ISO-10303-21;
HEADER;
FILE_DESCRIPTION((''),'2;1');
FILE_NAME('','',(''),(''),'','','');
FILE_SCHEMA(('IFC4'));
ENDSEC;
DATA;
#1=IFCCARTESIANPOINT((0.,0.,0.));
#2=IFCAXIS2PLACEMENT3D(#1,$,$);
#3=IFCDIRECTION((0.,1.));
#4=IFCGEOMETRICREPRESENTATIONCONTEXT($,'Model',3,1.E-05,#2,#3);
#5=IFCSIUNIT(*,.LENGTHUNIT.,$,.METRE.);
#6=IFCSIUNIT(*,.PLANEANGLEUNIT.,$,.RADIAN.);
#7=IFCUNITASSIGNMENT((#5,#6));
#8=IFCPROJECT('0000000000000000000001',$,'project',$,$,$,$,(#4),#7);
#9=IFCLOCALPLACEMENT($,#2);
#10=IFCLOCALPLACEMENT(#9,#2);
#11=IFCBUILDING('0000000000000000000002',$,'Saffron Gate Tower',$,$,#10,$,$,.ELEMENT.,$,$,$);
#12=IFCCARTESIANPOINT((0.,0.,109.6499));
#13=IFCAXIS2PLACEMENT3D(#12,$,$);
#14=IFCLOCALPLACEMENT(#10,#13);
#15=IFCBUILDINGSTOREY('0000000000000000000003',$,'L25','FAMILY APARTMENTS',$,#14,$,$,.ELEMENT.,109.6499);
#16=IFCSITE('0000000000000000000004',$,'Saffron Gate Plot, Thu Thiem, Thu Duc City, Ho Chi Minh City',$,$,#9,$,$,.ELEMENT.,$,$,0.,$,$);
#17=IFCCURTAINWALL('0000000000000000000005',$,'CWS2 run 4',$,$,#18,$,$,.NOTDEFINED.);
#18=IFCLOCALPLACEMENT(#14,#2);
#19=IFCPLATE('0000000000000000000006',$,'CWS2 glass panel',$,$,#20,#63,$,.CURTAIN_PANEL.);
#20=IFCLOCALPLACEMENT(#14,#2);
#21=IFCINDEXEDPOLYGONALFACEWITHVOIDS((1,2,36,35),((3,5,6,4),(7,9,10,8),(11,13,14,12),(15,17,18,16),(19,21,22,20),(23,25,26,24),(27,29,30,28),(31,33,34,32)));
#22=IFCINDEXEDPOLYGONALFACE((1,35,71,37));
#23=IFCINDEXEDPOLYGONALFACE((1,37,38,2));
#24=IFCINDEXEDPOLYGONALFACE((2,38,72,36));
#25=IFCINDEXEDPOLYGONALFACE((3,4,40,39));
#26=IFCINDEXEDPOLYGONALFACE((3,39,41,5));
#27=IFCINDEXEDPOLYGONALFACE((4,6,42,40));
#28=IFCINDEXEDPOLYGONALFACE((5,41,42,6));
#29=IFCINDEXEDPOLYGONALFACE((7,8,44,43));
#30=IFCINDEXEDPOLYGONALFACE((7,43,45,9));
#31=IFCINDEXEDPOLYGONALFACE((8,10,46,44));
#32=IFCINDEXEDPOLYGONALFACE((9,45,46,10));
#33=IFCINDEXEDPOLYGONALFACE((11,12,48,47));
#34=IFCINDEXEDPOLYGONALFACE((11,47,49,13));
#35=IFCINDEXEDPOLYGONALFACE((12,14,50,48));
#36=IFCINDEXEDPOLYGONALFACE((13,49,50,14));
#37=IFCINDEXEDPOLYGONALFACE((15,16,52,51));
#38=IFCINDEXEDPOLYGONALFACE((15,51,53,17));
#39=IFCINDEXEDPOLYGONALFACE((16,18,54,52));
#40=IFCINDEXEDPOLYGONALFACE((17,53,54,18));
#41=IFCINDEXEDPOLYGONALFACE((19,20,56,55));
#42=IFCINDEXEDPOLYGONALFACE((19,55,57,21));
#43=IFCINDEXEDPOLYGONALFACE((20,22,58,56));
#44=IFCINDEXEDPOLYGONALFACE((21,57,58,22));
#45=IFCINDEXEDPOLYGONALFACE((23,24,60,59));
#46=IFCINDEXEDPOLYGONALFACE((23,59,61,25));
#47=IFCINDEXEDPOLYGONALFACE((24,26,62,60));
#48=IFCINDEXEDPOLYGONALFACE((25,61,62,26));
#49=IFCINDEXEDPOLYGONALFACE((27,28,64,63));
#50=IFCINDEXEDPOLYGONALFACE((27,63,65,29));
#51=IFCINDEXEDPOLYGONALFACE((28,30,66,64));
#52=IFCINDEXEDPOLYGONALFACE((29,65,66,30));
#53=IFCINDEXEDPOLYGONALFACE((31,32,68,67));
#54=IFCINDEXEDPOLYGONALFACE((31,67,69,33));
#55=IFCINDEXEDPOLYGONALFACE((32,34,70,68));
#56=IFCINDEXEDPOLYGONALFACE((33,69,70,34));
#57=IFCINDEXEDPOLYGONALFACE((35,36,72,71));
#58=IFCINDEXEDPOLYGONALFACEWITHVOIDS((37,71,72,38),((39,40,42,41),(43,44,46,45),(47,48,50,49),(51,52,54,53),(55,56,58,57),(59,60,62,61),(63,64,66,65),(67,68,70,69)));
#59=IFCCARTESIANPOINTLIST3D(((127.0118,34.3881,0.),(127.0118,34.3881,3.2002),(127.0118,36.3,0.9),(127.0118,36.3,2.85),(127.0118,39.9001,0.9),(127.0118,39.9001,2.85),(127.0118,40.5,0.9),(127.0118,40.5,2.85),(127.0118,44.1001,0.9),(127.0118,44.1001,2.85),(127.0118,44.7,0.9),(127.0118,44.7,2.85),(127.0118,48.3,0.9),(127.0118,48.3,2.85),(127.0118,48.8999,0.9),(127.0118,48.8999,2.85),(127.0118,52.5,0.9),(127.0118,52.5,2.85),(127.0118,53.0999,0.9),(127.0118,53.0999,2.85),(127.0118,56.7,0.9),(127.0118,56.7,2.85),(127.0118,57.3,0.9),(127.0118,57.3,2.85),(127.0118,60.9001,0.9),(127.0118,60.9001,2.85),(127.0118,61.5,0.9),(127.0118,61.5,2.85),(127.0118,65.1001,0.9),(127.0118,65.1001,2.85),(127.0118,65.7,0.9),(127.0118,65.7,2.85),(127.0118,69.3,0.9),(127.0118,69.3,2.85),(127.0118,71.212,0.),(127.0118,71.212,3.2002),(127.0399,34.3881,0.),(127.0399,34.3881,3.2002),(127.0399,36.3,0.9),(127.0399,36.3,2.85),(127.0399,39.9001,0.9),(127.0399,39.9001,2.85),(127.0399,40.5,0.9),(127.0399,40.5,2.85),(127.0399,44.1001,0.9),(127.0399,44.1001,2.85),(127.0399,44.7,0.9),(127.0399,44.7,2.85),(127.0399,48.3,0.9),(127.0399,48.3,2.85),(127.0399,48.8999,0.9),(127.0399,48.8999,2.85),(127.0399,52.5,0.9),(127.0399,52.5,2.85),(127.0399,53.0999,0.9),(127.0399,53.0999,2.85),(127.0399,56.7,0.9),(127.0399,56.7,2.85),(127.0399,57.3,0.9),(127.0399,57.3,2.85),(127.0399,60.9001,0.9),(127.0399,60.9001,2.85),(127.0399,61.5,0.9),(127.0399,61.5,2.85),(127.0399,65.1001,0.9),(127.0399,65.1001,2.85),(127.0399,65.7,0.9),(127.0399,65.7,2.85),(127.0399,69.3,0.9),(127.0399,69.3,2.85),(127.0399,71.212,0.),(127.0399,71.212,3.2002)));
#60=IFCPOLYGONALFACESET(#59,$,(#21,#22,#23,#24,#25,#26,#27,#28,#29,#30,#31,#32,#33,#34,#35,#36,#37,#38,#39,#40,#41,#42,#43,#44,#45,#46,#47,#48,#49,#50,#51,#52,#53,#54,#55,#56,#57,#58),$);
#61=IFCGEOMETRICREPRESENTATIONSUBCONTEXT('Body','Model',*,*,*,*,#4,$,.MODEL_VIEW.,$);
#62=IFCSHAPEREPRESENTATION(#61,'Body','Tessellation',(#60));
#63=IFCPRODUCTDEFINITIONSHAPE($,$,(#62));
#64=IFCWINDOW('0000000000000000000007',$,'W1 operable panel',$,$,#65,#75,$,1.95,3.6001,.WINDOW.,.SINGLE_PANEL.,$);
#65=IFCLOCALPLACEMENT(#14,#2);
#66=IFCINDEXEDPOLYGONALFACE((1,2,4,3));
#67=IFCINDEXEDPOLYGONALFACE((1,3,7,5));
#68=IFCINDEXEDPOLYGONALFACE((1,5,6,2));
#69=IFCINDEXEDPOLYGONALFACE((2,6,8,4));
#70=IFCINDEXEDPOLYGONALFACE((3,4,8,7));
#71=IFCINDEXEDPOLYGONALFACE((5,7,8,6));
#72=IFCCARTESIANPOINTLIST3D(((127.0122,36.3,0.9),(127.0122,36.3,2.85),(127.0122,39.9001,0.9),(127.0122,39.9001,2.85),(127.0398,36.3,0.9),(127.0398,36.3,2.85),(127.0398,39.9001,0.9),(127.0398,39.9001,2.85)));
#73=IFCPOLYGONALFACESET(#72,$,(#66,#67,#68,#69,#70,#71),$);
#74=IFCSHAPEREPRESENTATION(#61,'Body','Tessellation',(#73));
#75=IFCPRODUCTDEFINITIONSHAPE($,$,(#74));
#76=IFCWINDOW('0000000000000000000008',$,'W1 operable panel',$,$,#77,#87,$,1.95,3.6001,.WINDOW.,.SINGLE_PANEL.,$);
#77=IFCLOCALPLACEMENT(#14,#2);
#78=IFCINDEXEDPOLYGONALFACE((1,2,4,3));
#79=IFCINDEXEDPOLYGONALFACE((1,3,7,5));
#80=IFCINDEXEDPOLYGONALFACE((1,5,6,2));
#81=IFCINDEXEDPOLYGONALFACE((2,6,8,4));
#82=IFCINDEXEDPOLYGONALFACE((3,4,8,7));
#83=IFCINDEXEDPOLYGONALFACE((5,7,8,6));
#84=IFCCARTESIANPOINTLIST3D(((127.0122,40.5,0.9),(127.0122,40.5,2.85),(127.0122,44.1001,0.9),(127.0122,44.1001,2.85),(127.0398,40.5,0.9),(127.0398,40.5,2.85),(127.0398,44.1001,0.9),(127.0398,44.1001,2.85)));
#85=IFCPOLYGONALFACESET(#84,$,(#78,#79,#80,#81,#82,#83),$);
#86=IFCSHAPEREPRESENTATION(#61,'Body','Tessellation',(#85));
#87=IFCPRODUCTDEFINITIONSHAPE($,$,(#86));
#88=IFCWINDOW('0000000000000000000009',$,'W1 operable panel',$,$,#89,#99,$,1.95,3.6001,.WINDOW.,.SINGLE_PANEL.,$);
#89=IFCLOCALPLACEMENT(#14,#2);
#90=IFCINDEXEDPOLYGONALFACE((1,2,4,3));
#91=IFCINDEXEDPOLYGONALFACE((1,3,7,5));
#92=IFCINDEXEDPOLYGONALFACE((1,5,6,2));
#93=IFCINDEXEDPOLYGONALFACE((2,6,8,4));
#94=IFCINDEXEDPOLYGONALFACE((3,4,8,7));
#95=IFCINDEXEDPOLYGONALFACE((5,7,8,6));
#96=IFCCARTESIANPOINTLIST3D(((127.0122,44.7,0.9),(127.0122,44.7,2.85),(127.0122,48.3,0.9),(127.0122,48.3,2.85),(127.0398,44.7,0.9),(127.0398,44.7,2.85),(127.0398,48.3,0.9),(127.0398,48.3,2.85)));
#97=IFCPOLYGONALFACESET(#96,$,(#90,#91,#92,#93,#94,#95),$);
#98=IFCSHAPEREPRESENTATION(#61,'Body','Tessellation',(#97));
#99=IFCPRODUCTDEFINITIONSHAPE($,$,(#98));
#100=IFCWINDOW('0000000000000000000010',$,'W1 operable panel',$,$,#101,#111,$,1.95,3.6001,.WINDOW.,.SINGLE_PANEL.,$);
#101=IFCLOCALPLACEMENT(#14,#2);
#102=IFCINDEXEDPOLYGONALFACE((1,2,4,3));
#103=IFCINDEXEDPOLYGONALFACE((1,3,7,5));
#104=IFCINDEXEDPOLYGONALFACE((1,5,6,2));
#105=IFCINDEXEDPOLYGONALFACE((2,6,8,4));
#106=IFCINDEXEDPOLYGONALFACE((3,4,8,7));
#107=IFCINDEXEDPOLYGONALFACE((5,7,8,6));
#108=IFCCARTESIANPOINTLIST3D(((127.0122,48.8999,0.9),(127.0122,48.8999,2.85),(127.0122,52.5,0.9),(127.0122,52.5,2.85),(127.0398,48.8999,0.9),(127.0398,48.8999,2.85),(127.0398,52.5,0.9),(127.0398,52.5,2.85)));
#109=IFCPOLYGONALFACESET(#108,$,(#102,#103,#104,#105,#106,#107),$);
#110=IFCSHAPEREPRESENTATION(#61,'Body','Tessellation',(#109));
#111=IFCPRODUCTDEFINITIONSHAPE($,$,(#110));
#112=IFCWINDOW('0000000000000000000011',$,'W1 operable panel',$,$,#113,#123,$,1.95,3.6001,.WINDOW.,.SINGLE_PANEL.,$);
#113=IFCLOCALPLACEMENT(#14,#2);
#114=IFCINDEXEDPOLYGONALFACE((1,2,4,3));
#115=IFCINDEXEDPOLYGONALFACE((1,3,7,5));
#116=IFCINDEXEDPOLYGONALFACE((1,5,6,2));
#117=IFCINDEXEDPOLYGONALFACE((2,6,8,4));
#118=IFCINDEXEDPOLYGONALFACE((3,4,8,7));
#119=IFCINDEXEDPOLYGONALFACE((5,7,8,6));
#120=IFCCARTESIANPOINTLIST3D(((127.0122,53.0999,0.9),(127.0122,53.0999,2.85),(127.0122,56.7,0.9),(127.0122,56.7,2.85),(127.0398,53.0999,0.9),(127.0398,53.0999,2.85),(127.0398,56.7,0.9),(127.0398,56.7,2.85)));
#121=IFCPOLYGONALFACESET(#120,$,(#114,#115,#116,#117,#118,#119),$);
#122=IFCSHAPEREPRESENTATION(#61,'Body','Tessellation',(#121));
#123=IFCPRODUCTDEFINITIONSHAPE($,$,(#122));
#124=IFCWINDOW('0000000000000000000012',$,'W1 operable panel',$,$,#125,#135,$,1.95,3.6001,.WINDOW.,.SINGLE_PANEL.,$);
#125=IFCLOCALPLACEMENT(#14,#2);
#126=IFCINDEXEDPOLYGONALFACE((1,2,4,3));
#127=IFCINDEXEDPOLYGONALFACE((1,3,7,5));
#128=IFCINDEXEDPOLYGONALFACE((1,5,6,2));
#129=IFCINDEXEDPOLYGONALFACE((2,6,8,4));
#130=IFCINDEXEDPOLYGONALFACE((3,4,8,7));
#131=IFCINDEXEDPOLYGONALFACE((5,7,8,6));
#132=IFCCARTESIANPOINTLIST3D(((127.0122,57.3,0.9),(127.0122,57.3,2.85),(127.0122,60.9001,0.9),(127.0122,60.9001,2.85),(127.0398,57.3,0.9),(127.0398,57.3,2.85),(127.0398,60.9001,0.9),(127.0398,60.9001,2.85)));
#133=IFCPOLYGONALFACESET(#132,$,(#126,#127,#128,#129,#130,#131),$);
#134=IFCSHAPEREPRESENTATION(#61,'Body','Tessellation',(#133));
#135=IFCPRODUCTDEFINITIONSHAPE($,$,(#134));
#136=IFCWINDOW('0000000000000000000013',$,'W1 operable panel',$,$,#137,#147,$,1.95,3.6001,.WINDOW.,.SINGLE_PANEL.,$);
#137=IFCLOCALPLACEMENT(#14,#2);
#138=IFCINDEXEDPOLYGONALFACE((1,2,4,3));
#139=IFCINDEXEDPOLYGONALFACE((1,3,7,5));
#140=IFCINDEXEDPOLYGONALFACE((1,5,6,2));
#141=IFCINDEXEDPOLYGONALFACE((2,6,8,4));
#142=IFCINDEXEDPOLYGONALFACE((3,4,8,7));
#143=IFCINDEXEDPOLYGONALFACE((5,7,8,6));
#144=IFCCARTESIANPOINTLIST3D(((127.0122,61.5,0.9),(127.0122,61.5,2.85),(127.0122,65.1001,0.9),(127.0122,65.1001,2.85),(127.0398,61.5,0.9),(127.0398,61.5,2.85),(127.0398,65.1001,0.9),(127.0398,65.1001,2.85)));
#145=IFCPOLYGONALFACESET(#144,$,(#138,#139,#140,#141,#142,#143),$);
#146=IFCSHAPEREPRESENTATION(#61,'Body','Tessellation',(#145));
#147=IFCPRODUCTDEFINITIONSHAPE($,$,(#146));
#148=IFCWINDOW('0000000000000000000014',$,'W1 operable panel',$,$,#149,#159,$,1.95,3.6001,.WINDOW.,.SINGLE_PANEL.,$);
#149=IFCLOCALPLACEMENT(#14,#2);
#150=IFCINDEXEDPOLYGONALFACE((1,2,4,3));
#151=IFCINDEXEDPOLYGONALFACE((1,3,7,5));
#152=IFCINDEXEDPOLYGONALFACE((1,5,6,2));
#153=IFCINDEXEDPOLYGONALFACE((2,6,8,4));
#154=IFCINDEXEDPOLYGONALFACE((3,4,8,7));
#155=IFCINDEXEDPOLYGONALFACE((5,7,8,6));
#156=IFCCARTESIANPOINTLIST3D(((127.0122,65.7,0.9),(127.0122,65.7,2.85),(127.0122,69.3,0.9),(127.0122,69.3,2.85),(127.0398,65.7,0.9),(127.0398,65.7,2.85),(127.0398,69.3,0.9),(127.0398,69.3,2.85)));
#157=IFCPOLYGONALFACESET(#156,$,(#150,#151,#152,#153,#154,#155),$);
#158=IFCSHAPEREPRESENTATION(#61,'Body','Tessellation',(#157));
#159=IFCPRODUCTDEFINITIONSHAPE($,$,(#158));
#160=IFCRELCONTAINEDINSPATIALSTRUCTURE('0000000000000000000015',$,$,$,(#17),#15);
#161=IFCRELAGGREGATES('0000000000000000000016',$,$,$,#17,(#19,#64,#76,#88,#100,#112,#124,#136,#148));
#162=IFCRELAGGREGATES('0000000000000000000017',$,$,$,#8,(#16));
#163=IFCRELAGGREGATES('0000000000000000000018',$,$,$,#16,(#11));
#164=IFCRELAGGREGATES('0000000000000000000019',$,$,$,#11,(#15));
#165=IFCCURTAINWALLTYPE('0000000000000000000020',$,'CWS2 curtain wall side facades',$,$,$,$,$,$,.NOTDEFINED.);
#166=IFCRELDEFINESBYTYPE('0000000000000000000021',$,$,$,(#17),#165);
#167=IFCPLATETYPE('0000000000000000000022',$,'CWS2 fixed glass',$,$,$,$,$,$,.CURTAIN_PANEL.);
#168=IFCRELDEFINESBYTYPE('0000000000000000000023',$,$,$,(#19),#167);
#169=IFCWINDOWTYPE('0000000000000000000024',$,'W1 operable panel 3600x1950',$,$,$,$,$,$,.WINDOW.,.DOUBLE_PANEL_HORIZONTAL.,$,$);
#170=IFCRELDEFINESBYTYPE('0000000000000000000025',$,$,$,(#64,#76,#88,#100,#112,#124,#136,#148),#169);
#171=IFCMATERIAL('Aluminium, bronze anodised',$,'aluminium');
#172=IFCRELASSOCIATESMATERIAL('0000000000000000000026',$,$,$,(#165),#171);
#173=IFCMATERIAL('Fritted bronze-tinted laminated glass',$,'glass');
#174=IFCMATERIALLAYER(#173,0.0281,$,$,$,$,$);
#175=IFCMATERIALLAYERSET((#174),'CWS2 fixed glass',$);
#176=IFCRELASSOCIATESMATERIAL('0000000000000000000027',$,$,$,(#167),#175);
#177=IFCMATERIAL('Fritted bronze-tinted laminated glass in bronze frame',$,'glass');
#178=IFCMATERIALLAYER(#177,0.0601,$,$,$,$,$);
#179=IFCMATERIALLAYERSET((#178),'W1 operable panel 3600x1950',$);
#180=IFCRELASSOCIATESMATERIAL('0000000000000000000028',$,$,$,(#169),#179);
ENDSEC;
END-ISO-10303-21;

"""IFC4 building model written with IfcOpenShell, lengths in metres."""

from ifc_helpers import new_model, si_unit, direction, frame, frame_2d, origin, place, context, subcontext, project, spatial, rectangle, extrude, material, layer, layer_set, type_object, element, fill, aggregate, save


model = new_model("IFC4")

# Units and contexts
model_context = context("Model", 3, precision=1e-05, world=origin(), true_north=direction((0.0, 1.0)))
body_context = subcontext(model_context, "Body", "Model", "MODEL_VIEW")
ifc_project = project(units=[si_unit("LENGTHUNIT", "METRE"), si_unit("PLANEANGLEUNIT", "RADIAN")], contexts=[model_context])

# Site, building, storey
site_placement = place(None, origin())
site = spatial("IfcSite", under=ifc_project, at=site_placement, Name="Saffron Gate Plot, Thu Thiem, Thu Duc City, Ho Chi Minh City", CompositionType="ELEMENT", RefElevation=0.0)
building_placement = place(site_placement, origin())
building = spatial("IfcBuilding", under=site, at=building_placement, Name="Saffron Gate Tower", CompositionType="ELEMENT")
storey_placement = place(building_placement, frame((0.0, 0.0, 109.6499)))
storey = spatial("IfcBuildingStorey", under=building, at=storey_placement, Name="L25", Description="FAMILY APARTMENTS", CompositionType="ELEMENT", Elevation=109.6499)

# Curtain wall
ifc_material_1 = material(Name="Aluminium, bronze anodised", Category="aluminium")
curtain_wall_type_1 = type_object("IfcCurtainWallType", Name="CWS2 curtain wall side facades", PredefinedType="NOTDEFINED", material=ifc_material_1)
curtain_wall_1_placement = place(storey_placement, origin())
curtain_wall_1 = element("IfcCurtainWall", 1, at=curtain_wall_1_placement, inside=storey, type_object=curtain_wall_type_1, Name="CWS2 run 4", PredefinedType="NOTDEFINED")

# Plate, openings, windows
ifc_material_2 = material(Name="Fritted bronze-tinted laminated glass", Category="glass")
ifc_layer_1 = layer(ifc_material_2, 0.0281)
ifc_layer_set_1 = layer_set([ifc_layer_1], Name="CWS2 fixed glass")
plate_type = type_object("IfcPlateType", Name="CWS2 fixed glass", PredefinedType="CURTAIN_PANEL", material=ifc_layer_set_1)
plate_placement = place(storey_placement, frame((127.0259, 34.3879, 0.0), z_axis=(0.0, 0.0, 1.0), x_axis=(0.0, 1.0, 0.0)))
plate = element("IfcPlate", 2, at=plate_placement, type_object=plate_type, Name="CWS2 glass panel", PredefinedType="CURTAIN_PANEL", context=body_context, shape_type="SweptSolid", body=[
    extrude(rectangle(XDim=36.824, YDim=0.0281, at=frame_2d((18.4121, 0.0))), origin(), (0.0, 0.0, 1.0), 3.2002),
])
opening_1_placement = place(plate_placement, frame((1.9121, 0.0, 0.8999)))
opening_1 = element("IfcOpeningElement", 3, at=opening_1_placement, cuts=plate, PredefinedType="OPENING", context=body_context, shape_type="SweptSolid", body=[
    extrude(rectangle(XDim=3.6001, YDim=1.95, at=frame_2d((1.8, 0.9751))), frame((0.0, 0.0239, 0.0), z_axis=(0.0, -1.0, 0.0), x_axis=(1.0, 0.0, 0.0)), (0.0, 0.0, 1.0), 0.0481),
])
opening_2_placement = place(plate_placement, frame((6.1121, 0.0, 0.8999)))
opening_2 = element("IfcOpeningElement", 4, at=opening_2_placement, cuts=plate, PredefinedType="OPENING", context=body_context, shape_type="SweptSolid", body=[
    extrude(rectangle(XDim=3.6001, YDim=1.95, at=frame_2d((1.8, 0.9751))), frame((0.0, 0.0239, 0.0), z_axis=(0.0, -1.0, 0.0), x_axis=(1.0, 0.0, 0.0)), (0.0, 0.0, 1.0), 0.0481),
])
opening_3_placement = place(plate_placement, frame((10.312, 0.0, 0.8999)))
opening_3 = element("IfcOpeningElement", 5, at=opening_3_placement, cuts=plate, PredefinedType="OPENING", context=body_context, shape_type="SweptSolid", body=[
    extrude(rectangle(XDim=3.6001, YDim=1.95, at=frame_2d((1.8, 0.9751))), frame((0.0, 0.0239, 0.0), z_axis=(0.0, -1.0, 0.0), x_axis=(1.0, 0.0, 0.0)), (0.0, 0.0, 1.0), 0.0481),
])
opening_4_placement = place(plate_placement, frame((14.512, 0.0, 0.8999)))
opening_4 = element("IfcOpeningElement", 6, at=opening_4_placement, cuts=plate, PredefinedType="OPENING", context=body_context, shape_type="SweptSolid", body=[
    extrude(rectangle(XDim=3.6001, YDim=1.95, at=frame_2d((1.8, 0.9751))), frame((0.0, 0.0239, 0.0), z_axis=(0.0, -1.0, 0.0), x_axis=(1.0, 0.0, 0.0)), (0.0, 0.0, 1.0), 0.0481),
])
opening_5_placement = place(plate_placement, frame((18.7119, 0.0, 0.8999)))
opening_5 = element("IfcOpeningElement", 7, at=opening_5_placement, cuts=plate, PredefinedType="OPENING", context=body_context, shape_type="SweptSolid", body=[
    extrude(rectangle(XDim=3.6001, YDim=1.95, at=frame_2d((1.8, 0.9751))), frame((0.0, 0.0239, 0.0), z_axis=(0.0, -1.0, 0.0), x_axis=(1.0, 0.0, 0.0)), (0.0, 0.0, 1.0), 0.0481),
])
opening_6_placement = place(plate_placement, frame((22.9121, 0.0, 0.8999)))
opening_6 = element("IfcOpeningElement", 8, at=opening_6_placement, cuts=plate, PredefinedType="OPENING", context=body_context, shape_type="SweptSolid", body=[
    extrude(rectangle(XDim=3.6001, YDim=1.95, at=frame_2d((1.8, 0.9751))), frame((0.0, 0.0239, 0.0), z_axis=(0.0, -1.0, 0.0), x_axis=(1.0, 0.0, 0.0)), (0.0, 0.0, 1.0), 0.0481),
])
opening_7_placement = place(plate_placement, frame((27.1121, 0.0, 0.8999)))
opening_7 = element("IfcOpeningElement", 9, at=opening_7_placement, cuts=plate, PredefinedType="OPENING", context=body_context, shape_type="SweptSolid", body=[
    extrude(rectangle(XDim=3.6001, YDim=1.95, at=frame_2d((1.8, 0.9751))), frame((0.0, 0.0239, 0.0), z_axis=(0.0, -1.0, 0.0), x_axis=(1.0, 0.0, 0.0)), (0.0, 0.0, 1.0), 0.0481),
])
opening_8_placement = place(plate_placement, frame((31.312, 0.0, 0.8999)))
opening_8 = element("IfcOpeningElement", 10, at=opening_8_placement, cuts=plate, PredefinedType="OPENING", context=body_context, shape_type="SweptSolid", body=[
    extrude(rectangle(XDim=3.6001, YDim=1.95, at=frame_2d((1.8, 0.9751))), frame((0.0, 0.0239, 0.0), z_axis=(0.0, -1.0, 0.0), x_axis=(1.0, 0.0, 0.0)), (0.0, 0.0, 1.0), 0.0481),
])
ifc_material_3 = material(Name="Fritted bronze-tinted laminated glass in bronze frame", Category="glass")
ifc_layer_2 = layer(ifc_material_3, 0.0601)
ifc_layer_set_2 = layer_set([ifc_layer_2], Name="W1 operable panel 3600x1950")
window_type = type_object("IfcWindowType", Name="W1 operable panel 3600x1950", PartitioningType="DOUBLE_PANEL_HORIZONTAL", PredefinedType="WINDOW", material=ifc_layer_set_2)
window_1_placement = place(opening_1_placement, origin())
window_1 = element("IfcWindow", 11, at=window_1_placement, type_object=window_type, Name="W1 operable panel", OverallHeight=1.95, OverallWidth=3.6001, PartitioningType="SINGLE_PANEL", PredefinedType="WINDOW", context=body_context, shape_type="SweptSolid", body=[
    extrude(rectangle(XDim=3.6001, YDim=1.95, at=frame_2d((1.8, 0.9751))), frame((0.0, 0.0137, 0.0), z_axis=(0.0, -1.0, 0.0), x_axis=(1.0, 0.0, 0.0)), (0.0, 0.0, 1.0), 0.0276),
])
fill(opening_1, window_1)
window_2_placement = place(opening_2_placement, origin())
window_2 = element("IfcWindow", 12, at=window_2_placement, type_object=window_type, Name="W1 operable panel", OverallHeight=1.95, OverallWidth=3.6001, PartitioningType="SINGLE_PANEL", PredefinedType="WINDOW", context=body_context, shape_type="SweptSolid", body=[
    extrude(rectangle(XDim=3.6001, YDim=1.95, at=frame_2d((1.8, 0.9751))), frame((0.0, 0.0137, 0.0), z_axis=(0.0, -1.0, 0.0), x_axis=(1.0, 0.0, 0.0)), (0.0, 0.0, 1.0), 0.0276),
])
fill(opening_2, window_2)
window_3_placement = place(opening_3_placement, origin())
window_3 = element("IfcWindow", 13, at=window_3_placement, type_object=window_type, Name="W1 operable panel", OverallHeight=1.95, OverallWidth=3.6001, PartitioningType="SINGLE_PANEL", PredefinedType="WINDOW", context=body_context, shape_type="SweptSolid", body=[
    extrude(rectangle(XDim=3.6001, YDim=1.95, at=frame_2d((1.8, 0.9751))), frame((0.0, 0.0137, 0.0), z_axis=(0.0, -1.0, 0.0), x_axis=(1.0, 0.0, 0.0)), (0.0, 0.0, 1.0), 0.0276),
])
fill(opening_3, window_3)
window_4_placement = place(opening_4_placement, origin())
window_4 = element("IfcWindow", 14, at=window_4_placement, type_object=window_type, Name="W1 operable panel", OverallHeight=1.95, OverallWidth=3.6001, PartitioningType="SINGLE_PANEL", PredefinedType="WINDOW", context=body_context, shape_type="SweptSolid", body=[
    extrude(rectangle(XDim=3.6001, YDim=1.95, at=frame_2d((1.8, 0.9751))), frame((0.0, 0.0137, 0.0), z_axis=(0.0, -1.0, 0.0), x_axis=(1.0, 0.0, 0.0)), (0.0, 0.0, 1.0), 0.0276),
])
fill(opening_4, window_4)
window_5_placement = place(opening_5_placement, origin())
window_5 = element("IfcWindow", 15, at=window_5_placement, type_object=window_type, Name="W1 operable panel", OverallHeight=1.95, OverallWidth=3.6001, PartitioningType="SINGLE_PANEL", PredefinedType="WINDOW", context=body_context, shape_type="SweptSolid", body=[
    extrude(rectangle(XDim=3.6001, YDim=1.95, at=frame_2d((1.8, 0.9751))), frame((0.0, 0.0137, 0.0), z_axis=(0.0, -1.0, 0.0), x_axis=(1.0, 0.0, 0.0)), (0.0, 0.0, 1.0), 0.0276),
])
fill(opening_5, window_5)
window_6_placement = place(opening_6_placement, origin())
window_6 = element("IfcWindow", 16, at=window_6_placement, type_object=window_type, Name="W1 operable panel", OverallHeight=1.95, OverallWidth=3.6001, PartitioningType="SINGLE_PANEL", PredefinedType="WINDOW", context=body_context, shape_type="SweptSolid", body=[
    extrude(rectangle(XDim=3.6001, YDim=1.95, at=frame_2d((1.8, 0.9751))), frame((0.0, 0.0137, 0.0), z_axis=(0.0, -1.0, 0.0), x_axis=(1.0, 0.0, 0.0)), (0.0, 0.0, 1.0), 0.0276),
])
fill(opening_6, window_6)
window_7_placement = place(opening_7_placement, origin())
window_7 = element("IfcWindow", 17, at=window_7_placement, type_object=window_type, Name="W1 operable panel", OverallHeight=1.95, OverallWidth=3.6001, PartitioningType="SINGLE_PANEL", PredefinedType="WINDOW", context=body_context, shape_type="SweptSolid", body=[
    extrude(rectangle(XDim=3.6001, YDim=1.95, at=frame_2d((1.8, 0.9751))), frame((0.0, 0.0137, 0.0), z_axis=(0.0, -1.0, 0.0), x_axis=(1.0, 0.0, 0.0)), (0.0, 0.0, 1.0), 0.0276),
])
fill(opening_7, window_7)
window_8_placement = place(opening_8_placement, origin())
window_8 = element("IfcWindow", 18, at=window_8_placement, type_object=window_type, Name="W1 operable panel", OverallHeight=1.95, OverallWidth=3.6001, PartitioningType="SINGLE_PANEL", PredefinedType="WINDOW", context=body_context, shape_type="SweptSolid", body=[
    extrude(rectangle(XDim=3.6001, YDim=1.95, at=frame_2d((1.8, 0.9751))), frame((0.0, 0.0137, 0.0), z_axis=(0.0, -1.0, 0.0), x_axis=(1.0, 0.0, 0.0)), (0.0, 0.0, 1.0), 0.0276),
])
fill(opening_8, window_8)
aggregate(curtain_wall_1, [plate, window_1, window_2, window_3, window_4, window_5, window_6, window_7, window_8])

save(model, "model.ifc")
